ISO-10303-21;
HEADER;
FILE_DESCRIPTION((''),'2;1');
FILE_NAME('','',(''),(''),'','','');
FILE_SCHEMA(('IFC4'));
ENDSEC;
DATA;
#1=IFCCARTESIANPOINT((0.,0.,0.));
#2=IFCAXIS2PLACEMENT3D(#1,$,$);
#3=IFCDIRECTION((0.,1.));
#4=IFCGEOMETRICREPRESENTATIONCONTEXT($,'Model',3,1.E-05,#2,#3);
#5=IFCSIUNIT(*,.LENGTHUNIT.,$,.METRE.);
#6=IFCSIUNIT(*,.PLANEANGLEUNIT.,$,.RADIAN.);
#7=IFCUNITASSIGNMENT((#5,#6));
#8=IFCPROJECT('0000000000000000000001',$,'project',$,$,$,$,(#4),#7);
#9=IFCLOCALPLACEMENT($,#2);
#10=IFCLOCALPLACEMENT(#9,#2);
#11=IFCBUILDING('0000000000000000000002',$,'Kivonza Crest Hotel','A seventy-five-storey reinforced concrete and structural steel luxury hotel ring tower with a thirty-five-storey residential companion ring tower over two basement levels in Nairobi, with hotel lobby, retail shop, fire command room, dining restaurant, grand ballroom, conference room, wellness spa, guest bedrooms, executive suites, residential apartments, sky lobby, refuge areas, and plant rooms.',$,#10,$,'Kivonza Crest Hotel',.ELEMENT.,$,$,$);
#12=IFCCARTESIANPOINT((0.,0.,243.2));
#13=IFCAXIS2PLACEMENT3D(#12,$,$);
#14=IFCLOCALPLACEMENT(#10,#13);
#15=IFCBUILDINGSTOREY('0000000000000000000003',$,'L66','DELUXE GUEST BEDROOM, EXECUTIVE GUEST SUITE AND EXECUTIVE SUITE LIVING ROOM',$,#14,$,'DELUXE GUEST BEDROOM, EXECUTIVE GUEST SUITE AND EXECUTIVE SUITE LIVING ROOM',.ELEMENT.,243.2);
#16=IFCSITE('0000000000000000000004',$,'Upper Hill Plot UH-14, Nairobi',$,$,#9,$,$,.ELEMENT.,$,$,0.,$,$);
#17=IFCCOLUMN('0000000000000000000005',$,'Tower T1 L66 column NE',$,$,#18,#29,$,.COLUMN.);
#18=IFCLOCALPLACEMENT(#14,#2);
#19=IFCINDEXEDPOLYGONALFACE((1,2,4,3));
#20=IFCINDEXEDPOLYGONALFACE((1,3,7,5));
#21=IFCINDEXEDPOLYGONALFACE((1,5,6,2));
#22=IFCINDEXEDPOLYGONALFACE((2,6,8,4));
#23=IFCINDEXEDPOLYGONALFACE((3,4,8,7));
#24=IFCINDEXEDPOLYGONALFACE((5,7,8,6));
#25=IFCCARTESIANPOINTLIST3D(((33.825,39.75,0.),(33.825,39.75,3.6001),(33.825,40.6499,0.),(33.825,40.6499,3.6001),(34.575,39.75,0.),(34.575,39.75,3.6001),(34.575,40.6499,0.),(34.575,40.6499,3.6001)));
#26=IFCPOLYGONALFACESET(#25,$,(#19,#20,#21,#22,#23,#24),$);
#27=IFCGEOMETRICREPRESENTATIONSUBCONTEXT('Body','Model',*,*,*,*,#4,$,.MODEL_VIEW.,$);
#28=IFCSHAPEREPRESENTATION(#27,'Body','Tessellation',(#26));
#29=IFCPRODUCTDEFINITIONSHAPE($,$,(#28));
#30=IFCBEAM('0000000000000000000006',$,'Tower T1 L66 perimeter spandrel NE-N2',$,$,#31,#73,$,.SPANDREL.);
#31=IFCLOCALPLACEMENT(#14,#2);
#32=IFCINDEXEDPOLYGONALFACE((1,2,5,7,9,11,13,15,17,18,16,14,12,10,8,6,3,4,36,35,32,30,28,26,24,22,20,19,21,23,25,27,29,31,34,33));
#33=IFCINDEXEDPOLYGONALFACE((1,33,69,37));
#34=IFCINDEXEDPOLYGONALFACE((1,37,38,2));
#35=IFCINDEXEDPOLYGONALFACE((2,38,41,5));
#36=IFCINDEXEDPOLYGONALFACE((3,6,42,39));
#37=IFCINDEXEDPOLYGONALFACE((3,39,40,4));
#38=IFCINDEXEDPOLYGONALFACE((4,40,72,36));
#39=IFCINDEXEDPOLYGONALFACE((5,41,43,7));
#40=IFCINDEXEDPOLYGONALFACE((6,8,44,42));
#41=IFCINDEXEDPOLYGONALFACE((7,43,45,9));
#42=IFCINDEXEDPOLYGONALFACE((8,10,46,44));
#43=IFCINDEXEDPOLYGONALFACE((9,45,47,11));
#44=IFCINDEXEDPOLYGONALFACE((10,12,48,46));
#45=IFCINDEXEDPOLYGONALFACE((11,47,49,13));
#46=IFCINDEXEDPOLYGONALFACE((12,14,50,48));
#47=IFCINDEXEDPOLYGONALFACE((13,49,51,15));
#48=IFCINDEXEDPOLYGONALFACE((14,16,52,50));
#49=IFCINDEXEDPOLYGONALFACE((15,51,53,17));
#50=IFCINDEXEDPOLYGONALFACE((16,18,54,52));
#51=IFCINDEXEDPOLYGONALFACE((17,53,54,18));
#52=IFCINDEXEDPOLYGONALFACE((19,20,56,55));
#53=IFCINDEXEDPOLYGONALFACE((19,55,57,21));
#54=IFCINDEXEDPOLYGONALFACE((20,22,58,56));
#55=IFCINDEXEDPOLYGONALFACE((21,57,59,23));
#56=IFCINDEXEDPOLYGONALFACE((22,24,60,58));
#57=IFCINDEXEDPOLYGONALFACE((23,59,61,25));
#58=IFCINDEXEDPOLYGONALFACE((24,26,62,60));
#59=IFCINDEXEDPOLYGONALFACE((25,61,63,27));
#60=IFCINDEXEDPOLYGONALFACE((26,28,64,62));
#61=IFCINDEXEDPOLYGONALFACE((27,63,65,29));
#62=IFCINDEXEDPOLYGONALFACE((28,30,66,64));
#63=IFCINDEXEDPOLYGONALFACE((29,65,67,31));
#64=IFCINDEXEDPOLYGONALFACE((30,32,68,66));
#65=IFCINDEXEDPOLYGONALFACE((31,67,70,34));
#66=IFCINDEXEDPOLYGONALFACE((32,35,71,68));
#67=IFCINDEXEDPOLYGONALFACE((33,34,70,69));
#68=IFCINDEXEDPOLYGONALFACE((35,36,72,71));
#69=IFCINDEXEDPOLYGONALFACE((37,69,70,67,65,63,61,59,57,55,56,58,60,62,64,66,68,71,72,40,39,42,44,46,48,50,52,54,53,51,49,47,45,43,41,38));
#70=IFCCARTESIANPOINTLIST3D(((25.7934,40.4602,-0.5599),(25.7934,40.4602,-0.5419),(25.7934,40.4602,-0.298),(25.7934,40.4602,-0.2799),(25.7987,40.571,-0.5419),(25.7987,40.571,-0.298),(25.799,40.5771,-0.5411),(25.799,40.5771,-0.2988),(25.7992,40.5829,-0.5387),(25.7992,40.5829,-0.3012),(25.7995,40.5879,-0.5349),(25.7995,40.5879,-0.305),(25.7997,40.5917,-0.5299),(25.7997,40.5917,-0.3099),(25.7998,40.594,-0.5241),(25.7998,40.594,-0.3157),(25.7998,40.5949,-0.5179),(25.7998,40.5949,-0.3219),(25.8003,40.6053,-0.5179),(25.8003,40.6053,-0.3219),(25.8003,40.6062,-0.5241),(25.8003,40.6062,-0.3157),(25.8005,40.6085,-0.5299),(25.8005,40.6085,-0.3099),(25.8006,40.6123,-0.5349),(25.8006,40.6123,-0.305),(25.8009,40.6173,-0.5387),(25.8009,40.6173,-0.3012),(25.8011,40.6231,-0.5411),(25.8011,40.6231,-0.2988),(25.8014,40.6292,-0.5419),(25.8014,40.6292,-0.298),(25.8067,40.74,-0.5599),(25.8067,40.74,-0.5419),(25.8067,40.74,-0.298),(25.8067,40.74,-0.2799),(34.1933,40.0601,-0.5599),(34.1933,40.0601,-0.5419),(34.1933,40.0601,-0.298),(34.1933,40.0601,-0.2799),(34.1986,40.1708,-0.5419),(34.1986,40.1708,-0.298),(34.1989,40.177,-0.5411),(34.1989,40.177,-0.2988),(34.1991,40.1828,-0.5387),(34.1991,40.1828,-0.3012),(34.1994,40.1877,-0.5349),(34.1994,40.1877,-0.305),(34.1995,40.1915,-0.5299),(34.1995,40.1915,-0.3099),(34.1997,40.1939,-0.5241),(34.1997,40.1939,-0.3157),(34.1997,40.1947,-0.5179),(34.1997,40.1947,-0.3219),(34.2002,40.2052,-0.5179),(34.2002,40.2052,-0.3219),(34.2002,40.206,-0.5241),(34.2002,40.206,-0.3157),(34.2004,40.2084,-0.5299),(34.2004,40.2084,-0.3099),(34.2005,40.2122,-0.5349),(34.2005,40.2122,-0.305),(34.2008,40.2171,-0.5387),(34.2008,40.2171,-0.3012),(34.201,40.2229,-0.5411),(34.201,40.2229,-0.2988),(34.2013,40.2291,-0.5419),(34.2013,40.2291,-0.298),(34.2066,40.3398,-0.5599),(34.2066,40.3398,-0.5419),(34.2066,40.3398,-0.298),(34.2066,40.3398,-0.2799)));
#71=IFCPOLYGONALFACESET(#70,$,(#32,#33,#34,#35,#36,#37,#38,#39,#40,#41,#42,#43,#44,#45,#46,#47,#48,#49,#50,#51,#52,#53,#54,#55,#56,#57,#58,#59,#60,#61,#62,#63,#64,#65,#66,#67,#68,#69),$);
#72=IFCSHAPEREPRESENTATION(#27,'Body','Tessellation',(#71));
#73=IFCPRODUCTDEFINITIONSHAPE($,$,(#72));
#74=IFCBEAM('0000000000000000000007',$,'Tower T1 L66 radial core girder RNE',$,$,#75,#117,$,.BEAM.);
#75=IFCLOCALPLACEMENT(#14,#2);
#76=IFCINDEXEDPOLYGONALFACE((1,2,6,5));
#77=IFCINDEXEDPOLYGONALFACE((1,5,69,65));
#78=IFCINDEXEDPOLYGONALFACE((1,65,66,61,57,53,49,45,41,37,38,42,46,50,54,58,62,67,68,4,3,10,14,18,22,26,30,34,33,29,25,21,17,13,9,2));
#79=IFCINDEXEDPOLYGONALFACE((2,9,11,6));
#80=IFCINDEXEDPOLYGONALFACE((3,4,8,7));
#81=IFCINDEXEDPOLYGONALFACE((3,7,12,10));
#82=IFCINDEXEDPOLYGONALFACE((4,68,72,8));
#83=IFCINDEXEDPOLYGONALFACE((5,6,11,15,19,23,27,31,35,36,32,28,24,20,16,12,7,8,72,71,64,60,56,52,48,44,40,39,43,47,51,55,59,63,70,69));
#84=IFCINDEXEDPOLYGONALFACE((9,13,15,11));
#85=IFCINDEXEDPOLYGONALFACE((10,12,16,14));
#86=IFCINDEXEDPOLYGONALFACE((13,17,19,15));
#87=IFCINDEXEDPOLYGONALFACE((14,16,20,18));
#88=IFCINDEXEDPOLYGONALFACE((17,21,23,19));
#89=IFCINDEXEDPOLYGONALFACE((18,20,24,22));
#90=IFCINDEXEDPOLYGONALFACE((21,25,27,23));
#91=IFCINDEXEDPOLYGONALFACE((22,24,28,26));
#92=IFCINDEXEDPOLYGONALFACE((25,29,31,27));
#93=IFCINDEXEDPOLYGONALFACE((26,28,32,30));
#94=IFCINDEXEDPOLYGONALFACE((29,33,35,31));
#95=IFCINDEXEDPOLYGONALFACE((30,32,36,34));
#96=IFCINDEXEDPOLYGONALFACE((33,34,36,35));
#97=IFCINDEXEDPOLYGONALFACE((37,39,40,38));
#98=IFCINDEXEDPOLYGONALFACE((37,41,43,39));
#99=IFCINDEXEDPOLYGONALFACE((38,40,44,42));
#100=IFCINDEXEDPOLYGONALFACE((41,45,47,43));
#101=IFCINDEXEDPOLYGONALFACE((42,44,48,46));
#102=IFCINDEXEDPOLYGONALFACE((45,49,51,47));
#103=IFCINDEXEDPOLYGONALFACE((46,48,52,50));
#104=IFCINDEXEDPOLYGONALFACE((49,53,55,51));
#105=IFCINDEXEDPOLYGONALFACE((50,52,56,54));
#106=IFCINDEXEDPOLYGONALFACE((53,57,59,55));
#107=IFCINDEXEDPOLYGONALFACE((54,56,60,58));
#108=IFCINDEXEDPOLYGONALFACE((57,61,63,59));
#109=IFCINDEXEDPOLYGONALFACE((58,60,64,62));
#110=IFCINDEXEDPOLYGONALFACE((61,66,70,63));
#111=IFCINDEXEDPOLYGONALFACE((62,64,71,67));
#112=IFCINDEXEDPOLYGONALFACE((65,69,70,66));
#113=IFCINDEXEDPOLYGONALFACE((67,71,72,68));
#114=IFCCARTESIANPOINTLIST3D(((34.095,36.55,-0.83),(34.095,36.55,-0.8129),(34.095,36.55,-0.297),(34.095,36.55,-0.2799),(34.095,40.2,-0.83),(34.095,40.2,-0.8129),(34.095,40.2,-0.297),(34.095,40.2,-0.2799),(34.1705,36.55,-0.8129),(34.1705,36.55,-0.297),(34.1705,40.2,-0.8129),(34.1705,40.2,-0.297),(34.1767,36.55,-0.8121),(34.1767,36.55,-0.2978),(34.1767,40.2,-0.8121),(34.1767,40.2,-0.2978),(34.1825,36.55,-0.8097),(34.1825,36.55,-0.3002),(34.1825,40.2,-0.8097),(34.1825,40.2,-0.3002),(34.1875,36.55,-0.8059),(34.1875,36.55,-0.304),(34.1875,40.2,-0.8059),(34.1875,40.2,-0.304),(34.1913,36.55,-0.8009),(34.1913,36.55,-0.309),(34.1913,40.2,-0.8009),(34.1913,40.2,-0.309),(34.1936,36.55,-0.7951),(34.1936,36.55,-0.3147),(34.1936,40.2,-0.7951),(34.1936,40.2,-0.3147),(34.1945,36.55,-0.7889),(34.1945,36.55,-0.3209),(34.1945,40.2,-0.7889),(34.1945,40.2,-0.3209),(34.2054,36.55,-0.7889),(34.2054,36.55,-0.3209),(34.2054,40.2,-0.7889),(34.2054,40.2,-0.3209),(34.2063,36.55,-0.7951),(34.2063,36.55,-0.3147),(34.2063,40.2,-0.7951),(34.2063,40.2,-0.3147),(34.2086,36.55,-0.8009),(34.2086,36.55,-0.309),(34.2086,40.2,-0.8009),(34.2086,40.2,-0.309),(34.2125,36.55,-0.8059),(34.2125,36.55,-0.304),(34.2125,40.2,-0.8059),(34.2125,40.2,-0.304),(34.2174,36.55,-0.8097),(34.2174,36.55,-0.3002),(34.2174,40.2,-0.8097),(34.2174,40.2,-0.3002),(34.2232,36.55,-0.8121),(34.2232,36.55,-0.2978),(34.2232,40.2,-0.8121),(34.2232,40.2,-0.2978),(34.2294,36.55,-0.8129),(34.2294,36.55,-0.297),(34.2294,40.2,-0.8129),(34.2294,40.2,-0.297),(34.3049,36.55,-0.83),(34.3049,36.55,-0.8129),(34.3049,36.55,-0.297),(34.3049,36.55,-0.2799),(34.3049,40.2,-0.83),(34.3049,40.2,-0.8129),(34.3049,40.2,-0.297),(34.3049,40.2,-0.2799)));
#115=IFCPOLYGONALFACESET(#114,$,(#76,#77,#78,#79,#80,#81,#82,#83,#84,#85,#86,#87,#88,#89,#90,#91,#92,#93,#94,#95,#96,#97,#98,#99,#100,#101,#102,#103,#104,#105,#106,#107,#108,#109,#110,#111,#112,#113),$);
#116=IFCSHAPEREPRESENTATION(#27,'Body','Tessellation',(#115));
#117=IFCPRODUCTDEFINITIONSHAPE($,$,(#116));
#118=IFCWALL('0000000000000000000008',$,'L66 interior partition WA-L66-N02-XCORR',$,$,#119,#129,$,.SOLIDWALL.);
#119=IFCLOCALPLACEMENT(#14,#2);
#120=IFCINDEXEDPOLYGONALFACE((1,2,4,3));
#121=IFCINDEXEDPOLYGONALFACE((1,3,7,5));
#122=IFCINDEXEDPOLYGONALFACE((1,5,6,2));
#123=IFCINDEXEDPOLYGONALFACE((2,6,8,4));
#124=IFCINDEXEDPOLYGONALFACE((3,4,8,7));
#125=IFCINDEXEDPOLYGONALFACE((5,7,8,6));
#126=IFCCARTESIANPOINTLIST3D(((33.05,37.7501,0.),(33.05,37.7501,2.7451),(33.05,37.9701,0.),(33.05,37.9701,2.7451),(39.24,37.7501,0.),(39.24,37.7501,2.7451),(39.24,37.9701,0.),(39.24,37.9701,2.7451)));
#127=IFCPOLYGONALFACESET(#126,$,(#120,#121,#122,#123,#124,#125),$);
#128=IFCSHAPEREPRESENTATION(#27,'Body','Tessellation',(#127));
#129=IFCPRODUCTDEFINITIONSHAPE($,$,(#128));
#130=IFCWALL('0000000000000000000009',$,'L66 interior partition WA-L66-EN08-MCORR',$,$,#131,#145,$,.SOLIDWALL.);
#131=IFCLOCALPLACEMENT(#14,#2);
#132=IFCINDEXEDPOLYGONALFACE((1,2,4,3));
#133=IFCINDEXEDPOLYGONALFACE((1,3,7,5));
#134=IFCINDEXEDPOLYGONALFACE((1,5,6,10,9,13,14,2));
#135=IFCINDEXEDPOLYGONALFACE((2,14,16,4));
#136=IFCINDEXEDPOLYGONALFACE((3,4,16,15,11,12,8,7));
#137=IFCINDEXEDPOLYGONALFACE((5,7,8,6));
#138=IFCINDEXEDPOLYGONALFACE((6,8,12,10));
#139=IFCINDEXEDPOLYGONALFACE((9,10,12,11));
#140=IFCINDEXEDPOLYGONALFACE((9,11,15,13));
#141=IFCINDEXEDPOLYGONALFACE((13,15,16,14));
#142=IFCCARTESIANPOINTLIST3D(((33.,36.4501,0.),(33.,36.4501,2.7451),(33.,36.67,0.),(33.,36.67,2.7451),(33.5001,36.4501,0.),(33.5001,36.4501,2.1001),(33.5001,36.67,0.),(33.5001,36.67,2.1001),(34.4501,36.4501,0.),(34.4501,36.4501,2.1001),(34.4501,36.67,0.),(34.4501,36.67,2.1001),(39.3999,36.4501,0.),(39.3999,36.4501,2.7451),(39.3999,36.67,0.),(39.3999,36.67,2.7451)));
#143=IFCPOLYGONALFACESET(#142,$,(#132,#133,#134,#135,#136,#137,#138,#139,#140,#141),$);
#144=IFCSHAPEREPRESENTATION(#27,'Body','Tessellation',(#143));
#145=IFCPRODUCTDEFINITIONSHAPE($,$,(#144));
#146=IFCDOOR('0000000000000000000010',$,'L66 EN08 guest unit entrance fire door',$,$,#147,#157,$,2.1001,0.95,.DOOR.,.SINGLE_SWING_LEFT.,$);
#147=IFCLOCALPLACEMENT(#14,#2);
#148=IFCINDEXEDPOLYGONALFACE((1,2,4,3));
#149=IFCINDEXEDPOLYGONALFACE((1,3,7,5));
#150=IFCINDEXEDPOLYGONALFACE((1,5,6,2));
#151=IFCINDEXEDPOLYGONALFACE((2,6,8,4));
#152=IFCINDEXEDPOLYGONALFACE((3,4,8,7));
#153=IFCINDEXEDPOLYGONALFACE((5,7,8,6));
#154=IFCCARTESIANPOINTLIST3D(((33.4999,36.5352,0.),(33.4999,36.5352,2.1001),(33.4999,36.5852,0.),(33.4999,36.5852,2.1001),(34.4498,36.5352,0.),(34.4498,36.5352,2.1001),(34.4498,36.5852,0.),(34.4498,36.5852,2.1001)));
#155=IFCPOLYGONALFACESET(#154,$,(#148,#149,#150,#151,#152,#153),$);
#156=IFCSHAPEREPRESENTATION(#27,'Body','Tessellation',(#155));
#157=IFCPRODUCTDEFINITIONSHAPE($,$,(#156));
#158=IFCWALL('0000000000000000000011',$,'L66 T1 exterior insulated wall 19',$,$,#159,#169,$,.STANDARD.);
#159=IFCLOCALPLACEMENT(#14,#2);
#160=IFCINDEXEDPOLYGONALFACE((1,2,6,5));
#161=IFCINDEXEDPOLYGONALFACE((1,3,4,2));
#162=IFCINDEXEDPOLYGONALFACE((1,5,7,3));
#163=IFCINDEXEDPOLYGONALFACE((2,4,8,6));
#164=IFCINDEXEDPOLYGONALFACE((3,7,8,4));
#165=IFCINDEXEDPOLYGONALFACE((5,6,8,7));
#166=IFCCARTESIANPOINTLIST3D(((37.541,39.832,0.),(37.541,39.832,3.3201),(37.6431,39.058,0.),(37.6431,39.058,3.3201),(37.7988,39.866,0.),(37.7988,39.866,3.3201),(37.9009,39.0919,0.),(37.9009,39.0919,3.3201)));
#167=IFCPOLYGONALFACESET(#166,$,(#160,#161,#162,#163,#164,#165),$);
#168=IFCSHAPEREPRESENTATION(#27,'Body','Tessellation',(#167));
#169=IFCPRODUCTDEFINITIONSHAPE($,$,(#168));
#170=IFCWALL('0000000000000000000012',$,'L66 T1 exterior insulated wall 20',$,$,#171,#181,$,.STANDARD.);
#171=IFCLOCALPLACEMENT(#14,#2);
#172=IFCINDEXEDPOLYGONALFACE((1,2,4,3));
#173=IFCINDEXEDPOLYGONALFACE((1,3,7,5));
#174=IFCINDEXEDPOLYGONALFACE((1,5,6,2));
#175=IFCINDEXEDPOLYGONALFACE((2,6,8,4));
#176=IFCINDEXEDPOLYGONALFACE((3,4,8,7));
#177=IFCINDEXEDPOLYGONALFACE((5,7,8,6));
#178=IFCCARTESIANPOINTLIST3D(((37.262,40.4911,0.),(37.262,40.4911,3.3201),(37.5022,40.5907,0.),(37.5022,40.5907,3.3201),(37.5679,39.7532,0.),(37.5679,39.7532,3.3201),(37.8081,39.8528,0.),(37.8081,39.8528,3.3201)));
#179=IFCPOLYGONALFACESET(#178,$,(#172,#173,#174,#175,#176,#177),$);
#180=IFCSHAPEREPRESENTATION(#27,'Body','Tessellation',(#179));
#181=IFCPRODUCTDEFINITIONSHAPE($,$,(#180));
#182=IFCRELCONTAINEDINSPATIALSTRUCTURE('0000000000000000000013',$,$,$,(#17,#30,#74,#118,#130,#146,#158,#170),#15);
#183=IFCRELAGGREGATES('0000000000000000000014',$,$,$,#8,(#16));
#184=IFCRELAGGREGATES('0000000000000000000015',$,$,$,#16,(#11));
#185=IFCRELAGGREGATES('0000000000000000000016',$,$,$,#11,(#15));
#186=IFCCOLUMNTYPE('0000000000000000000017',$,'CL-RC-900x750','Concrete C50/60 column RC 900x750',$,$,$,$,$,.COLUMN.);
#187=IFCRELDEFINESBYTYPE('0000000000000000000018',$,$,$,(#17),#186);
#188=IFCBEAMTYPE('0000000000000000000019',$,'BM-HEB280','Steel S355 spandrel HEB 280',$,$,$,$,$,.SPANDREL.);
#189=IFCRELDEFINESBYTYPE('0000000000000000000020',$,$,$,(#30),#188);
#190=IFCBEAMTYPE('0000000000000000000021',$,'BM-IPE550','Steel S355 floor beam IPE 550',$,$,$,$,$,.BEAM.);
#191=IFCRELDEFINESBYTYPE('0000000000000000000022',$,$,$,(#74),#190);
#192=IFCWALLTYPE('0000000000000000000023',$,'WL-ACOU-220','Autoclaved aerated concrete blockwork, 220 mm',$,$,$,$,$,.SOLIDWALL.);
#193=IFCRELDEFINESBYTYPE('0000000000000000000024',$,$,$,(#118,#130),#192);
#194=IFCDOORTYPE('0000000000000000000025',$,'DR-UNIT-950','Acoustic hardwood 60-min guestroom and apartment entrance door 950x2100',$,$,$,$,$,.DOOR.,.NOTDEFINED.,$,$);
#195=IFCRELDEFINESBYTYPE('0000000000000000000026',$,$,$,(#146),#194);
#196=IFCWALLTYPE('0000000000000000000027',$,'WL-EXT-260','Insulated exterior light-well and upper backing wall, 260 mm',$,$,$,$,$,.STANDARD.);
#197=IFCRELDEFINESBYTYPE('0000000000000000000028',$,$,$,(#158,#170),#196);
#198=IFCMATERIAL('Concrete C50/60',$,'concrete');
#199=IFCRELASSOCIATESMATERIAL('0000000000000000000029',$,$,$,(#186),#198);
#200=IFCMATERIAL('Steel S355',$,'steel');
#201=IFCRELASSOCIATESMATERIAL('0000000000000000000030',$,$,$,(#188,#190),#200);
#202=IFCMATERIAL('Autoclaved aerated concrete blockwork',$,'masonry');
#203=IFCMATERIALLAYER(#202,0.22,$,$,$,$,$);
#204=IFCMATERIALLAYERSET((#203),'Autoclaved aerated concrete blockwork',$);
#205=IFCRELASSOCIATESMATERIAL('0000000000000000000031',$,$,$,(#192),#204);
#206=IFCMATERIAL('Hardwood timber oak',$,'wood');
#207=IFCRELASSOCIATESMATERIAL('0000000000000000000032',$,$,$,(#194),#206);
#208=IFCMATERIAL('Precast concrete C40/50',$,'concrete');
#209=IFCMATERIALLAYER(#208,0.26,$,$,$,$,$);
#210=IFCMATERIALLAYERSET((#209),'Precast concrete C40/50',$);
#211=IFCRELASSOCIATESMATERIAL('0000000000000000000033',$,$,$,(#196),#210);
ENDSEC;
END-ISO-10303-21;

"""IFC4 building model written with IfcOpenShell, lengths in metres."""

from ifc_helpers import new_model, si_unit, direction, frame, frame_2d, origin, origin_2d, place, context, subcontext, project, spatial, rectangle, i_section, extrude, material, layer, layer_set, material_profile, profile_set, type_object, element, fill, save


model = new_model("IFC4")

# Units and contexts
model_context = context("Model", 3, precision=1e-05, world=origin(), true_north=direction((0.0, 1.0)))
body_context = subcontext(model_context, "Body", "Model", "MODEL_VIEW")
ifc_project = project(units=[si_unit("LENGTHUNIT", "METRE"), si_unit("PLANEANGLEUNIT", "RADIAN")], contexts=[model_context])

# Site, building, storey
site_placement = place(None, origin())
site = spatial("IfcSite", under=ifc_project, at=site_placement, Name="Upper Hill Plot UH-14, Nairobi", CompositionType="ELEMENT", RefElevation=0.0)
building_placement = place(site_placement, origin())
building = spatial("IfcBuilding", under=site, at=building_placement, Name="Kivonza Crest Hotel", Description="A seventy-five-storey reinforced concrete and structural steel luxury hotel ring tower with a thirty-five-storey residential companion ring tower over two basement levels in Nairobi, with hotel lobby, retail shop, fire command room, dining restaurant, grand ballroom, conference room, wellness spa, guest bedrooms, executive suites, residential apartments, sky lobby, refuge areas, and plant rooms.", LongName="Kivonza Crest Hotel", CompositionType="ELEMENT")
storey_placement = place(building_placement, frame((0.0, 0.0, 243.2)))
storey = spatial("IfcBuildingStorey", under=building, at=storey_placement, Name="L66", Description="DELUXE GUEST BEDROOM, EXECUTIVE GUEST SUITE AND EXECUTIVE SUITE LIVING ROOM", LongName="DELUXE GUEST BEDROOM, EXECUTIVE GUEST SUITE AND EXECUTIVE SUITE LIVING ROOM", CompositionType="ELEMENT", Elevation=243.2)

# Column
ifc_material_1 = material(Name="Concrete C50/60", Category="concrete")
ifc_material_profile_1 = material_profile(ifc_material_1, rectangle(XDim=0.75, YDim=0.8999, at=origin_2d()), Name="RC 900x750")
ifc_profile_set_1 = profile_set([ifc_material_profile_1], Name="Concrete C50/60")
column_type = type_object("IfcColumnType", Name="CL-RC-900x750", Description="Concrete C50/60 column RC 900x750", PredefinedType="COLUMN", material=ifc_profile_set_1)
column_placement = place(storey_placement, frame((34.2, 40.2, 0.0), z_axis=(0.0, 0.0, 1.0), x_axis=(1.0, 0.0, 0.0)))
element("IfcColumn", 1, at=column_placement, inside=storey, type_object=column_type, Name="Tower T1 L66 column NE", PredefinedType="COLUMN", context=body_context, shape_type="SweptSolid", body=[
    extrude(rectangle(XDim=0.75, YDim=0.8999, at=origin_2d()), origin(), (0.0, 0.0, 1.0), 3.6001),
])

# Beams
ifc_material_2 = material(Name="Steel S355", Category="steel")
ifc_material_profile_2 = material_profile(ifc_material_2, i_section(OverallWidth=0.28, OverallDepth=0.28, WebThickness=0.0105, FlangeThickness=0.0181, FilletRadius=0.0239, at=origin_2d()), Name="HEB 280")
ifc_profile_set_2 = profile_set([ifc_material_profile_2], Name="Steel S355")
beam_type_1 = type_object("IfcBeamType", Name="BM-HEB280", Description="Steel S355 spandrel HEB 280", PredefinedType="SPANDREL", material=ifc_profile_set_2)
beam_1_placement = place(storey_placement, frame((34.2, 40.2, -0.4199), z_axis=(-0.998867, 0.047583, 0.0), x_axis=(-0.047583, -0.998867, 0.0)))
element("IfcBeam", 2, at=beam_1_placement, inside=storey, type_object=beam_type_1, Name="Tower T1 L66 perimeter spandrel NE-N2", PredefinedType="SPANDREL", context=body_context, shape_type="SweptSolid", body=[
    extrude(i_section(OverallWidth=0.28, OverallDepth=0.28, WebThickness=0.0105, FlangeThickness=0.0181, FilletRadius=0.0239, at=origin_2d()), origin(), (0.0, 0.0, 1.0), 8.4094),
])
ifc_material_profile_3 = material_profile(ifc_material_2, i_section(OverallWidth=0.21, OverallDepth=0.55, WebThickness=0.011, FlangeThickness=0.0171, FilletRadius=0.0239, at=origin_2d()), Name="IPE 550")
ifc_profile_set_3 = profile_set([ifc_material_profile_3], Name="Steel S355")
beam_type_2 = type_object("IfcBeamType", Name="BM-IPE550", Description="Steel S355 floor beam IPE 550", PredefinedType="BEAM", material=ifc_profile_set_3)
beam_2_placement = place(storey_placement, frame((34.2, 40.2, -0.5549), z_axis=(0.0, -1.0, 0.0), x_axis=(1.0, 0.0, 0.0)))
element("IfcBeam", 3, at=beam_2_placement, inside=storey, type_object=beam_type_2, Name="Tower T1 L66 radial core girder RNE", PredefinedType="BEAM", context=body_context, shape_type="SweptSolid", body=[
    extrude(i_section(OverallWidth=0.21, OverallDepth=0.55, WebThickness=0.011, FlangeThickness=0.0171, FilletRadius=0.0239, at=origin_2d()), origin(), (0.0, 0.0, 1.0), 3.6499),
])

# Wall
ifc_material_3 = material(Name="Autoclaved aerated concrete blockwork", Category="masonry")
ifc_layer_1 = layer(ifc_material_3, 0.22)
ifc_layer_set_1 = layer_set([ifc_layer_1], Name="Autoclaved aerated concrete blockwork")
wall_type_1 = type_object("IfcWallType", Name="WL-ACOU-220", Description="Autoclaved aerated concrete blockwork, 220 mm", PredefinedType="SOLIDWALL", material=ifc_layer_set_1)
wall_1_placement = place(storey_placement, frame((33.05, 37.8601, 0.0), z_axis=(0.0, 0.0, 1.0), x_axis=(1.0, 0.0, 0.0)))
element("IfcWall", 4, at=wall_1_placement, inside=storey, type_object=wall_type_1, Name="L66 interior partition WA-L66-N02-XCORR", PredefinedType="SOLIDWALL", context=body_context, shape_type="SweptSolid", body=[
    extrude(rectangle(XDim=6.1899, YDim=0.22, at=frame_2d((3.095, 0.0))), origin(), (0.0, 0.0, 1.0), 2.7451),
])

# Wall, opening, door
wall_2_placement = place(storey_placement, frame((33.0, 36.5601, 0.0), z_axis=(0.0, 0.0, 1.0), x_axis=(1.0, 0.0, 0.0)))
wall_2 = element("IfcWall", 5, at=wall_2_placement, inside=storey, type_object=wall_type_1, Name="L66 interior partition WA-L66-EN08-MCORR", PredefinedType="SOLIDWALL", context=body_context, shape_type="SweptSolid", body=[
    extrude(rectangle(XDim=6.3999, YDim=0.22, at=frame_2d((3.2, 0.0))), origin(), (0.0, 0.0, 1.0), 2.7451),
])
opening_1_placement = place(wall_2_placement, frame((0.5, 0.0, 0.0)))
opening_1 = element("IfcOpeningElement", 6, at=opening_1_placement, cuts=wall_2, PredefinedType="OPENING", context=body_context, shape_type="SweptSolid", body=[
    extrude(rectangle(XDim=0.95, YDim=2.1001, at=frame_2d((0.4751, 1.05))), frame((0.0, 0.1201, 0.0), z_axis=(0.0, -1.0, 0.0), x_axis=(1.0, 0.0, 0.0)), (0.0, 0.0, 1.0), 0.24),
])
ifc_material_4 = material(Name="Hardwood timber oak", Category="wood")
door_type_1 = type_object("IfcDoorType", Name="DR-UNIT-950", Description="Acoustic hardwood 60-min guestroom and apartment entrance door 950x2100", OperationType="NOTDEFINED", PredefinedType="DOOR", material=ifc_material_4)
door_1_placement = place(opening_1_placement, frame((0.95, 0.0, 0.0), z_axis=(0.0, 0.0, 1.0), x_axis=(-1.0, 0.0, 0.0)))
door_1 = element("IfcDoor", 7, at=door_1_placement, inside=storey, type_object=door_type_1, Name="L66 EN08 guest unit entrance fire door", OperationType="SINGLE_SWING_LEFT", OverallHeight=2.1001, OverallWidth=0.95, PredefinedType="DOOR", context=body_context, shape_type="SweptSolid", body=[
    extrude(rectangle(XDim=0.95, YDim=2.1001, at=frame_2d((0.4751, 1.05))), frame((0.0, 0.0249, 0.0), z_axis=(0.0, -1.0, 0.0), x_axis=(1.0, 0.0, 0.0)), (0.0, 0.0, 1.0), 0.05),
])
fill(opening_1, door_1)

# Walls
ifc_material_5 = material(Name="Precast concrete C40/50", Category="concrete")
ifc_layer_2 = layer(ifc_material_5, 0.26)
ifc_layer_set_2 = layer_set([ifc_layer_2], Name="Precast concrete C40/50")
wall_type_2 = type_object("IfcWallType", Name="WL-EXT-260", Description="Insulated exterior light-well and upper backing wall, 260 mm", PredefinedType="STANDARD", material=ifc_layer_set_2)
wall_3_placement = place(storey_placement, frame((37.772, 39.075, 0.0), z_axis=(0.0, 0.0, 1.0), x_axis=(-0.130689, 0.991423, 0.0)))
element("IfcWall", 8, at=wall_3_placement, inside=storey, type_object=wall_type_2, Name="L66 T1 exterior insulated wall 19", PredefinedType="STANDARD", context=body_context, shape_type="SweptSolid", body=[
    extrude(rectangle(XDim=0.7808, YDim=0.26, at=frame_2d((0.3904, 0.0))), origin(), (0.0, 0.0, 1.0), 3.3201),
])
wall_4_placement = place(storey_placement, frame((37.688, 39.803, 0.0), z_axis=(0.0, 0.0, 1.0), x_axis=(-0.382901, 0.92379, 0.0)))
element("IfcWall", 9, at=wall_4_placement, inside=storey, type_object=wall_type_2, Name="L66 T1 exterior insulated wall 20", PredefinedType="STANDARD", context=body_context, shape_type="SweptSolid", body=[
    extrude(rectangle(XDim=0.7988, YDim=0.26, at=frame_2d((0.3994, 0.0))), origin(), (0.0, 0.0, 1.0), 3.3201),
])

save(model, "model.ifc")
